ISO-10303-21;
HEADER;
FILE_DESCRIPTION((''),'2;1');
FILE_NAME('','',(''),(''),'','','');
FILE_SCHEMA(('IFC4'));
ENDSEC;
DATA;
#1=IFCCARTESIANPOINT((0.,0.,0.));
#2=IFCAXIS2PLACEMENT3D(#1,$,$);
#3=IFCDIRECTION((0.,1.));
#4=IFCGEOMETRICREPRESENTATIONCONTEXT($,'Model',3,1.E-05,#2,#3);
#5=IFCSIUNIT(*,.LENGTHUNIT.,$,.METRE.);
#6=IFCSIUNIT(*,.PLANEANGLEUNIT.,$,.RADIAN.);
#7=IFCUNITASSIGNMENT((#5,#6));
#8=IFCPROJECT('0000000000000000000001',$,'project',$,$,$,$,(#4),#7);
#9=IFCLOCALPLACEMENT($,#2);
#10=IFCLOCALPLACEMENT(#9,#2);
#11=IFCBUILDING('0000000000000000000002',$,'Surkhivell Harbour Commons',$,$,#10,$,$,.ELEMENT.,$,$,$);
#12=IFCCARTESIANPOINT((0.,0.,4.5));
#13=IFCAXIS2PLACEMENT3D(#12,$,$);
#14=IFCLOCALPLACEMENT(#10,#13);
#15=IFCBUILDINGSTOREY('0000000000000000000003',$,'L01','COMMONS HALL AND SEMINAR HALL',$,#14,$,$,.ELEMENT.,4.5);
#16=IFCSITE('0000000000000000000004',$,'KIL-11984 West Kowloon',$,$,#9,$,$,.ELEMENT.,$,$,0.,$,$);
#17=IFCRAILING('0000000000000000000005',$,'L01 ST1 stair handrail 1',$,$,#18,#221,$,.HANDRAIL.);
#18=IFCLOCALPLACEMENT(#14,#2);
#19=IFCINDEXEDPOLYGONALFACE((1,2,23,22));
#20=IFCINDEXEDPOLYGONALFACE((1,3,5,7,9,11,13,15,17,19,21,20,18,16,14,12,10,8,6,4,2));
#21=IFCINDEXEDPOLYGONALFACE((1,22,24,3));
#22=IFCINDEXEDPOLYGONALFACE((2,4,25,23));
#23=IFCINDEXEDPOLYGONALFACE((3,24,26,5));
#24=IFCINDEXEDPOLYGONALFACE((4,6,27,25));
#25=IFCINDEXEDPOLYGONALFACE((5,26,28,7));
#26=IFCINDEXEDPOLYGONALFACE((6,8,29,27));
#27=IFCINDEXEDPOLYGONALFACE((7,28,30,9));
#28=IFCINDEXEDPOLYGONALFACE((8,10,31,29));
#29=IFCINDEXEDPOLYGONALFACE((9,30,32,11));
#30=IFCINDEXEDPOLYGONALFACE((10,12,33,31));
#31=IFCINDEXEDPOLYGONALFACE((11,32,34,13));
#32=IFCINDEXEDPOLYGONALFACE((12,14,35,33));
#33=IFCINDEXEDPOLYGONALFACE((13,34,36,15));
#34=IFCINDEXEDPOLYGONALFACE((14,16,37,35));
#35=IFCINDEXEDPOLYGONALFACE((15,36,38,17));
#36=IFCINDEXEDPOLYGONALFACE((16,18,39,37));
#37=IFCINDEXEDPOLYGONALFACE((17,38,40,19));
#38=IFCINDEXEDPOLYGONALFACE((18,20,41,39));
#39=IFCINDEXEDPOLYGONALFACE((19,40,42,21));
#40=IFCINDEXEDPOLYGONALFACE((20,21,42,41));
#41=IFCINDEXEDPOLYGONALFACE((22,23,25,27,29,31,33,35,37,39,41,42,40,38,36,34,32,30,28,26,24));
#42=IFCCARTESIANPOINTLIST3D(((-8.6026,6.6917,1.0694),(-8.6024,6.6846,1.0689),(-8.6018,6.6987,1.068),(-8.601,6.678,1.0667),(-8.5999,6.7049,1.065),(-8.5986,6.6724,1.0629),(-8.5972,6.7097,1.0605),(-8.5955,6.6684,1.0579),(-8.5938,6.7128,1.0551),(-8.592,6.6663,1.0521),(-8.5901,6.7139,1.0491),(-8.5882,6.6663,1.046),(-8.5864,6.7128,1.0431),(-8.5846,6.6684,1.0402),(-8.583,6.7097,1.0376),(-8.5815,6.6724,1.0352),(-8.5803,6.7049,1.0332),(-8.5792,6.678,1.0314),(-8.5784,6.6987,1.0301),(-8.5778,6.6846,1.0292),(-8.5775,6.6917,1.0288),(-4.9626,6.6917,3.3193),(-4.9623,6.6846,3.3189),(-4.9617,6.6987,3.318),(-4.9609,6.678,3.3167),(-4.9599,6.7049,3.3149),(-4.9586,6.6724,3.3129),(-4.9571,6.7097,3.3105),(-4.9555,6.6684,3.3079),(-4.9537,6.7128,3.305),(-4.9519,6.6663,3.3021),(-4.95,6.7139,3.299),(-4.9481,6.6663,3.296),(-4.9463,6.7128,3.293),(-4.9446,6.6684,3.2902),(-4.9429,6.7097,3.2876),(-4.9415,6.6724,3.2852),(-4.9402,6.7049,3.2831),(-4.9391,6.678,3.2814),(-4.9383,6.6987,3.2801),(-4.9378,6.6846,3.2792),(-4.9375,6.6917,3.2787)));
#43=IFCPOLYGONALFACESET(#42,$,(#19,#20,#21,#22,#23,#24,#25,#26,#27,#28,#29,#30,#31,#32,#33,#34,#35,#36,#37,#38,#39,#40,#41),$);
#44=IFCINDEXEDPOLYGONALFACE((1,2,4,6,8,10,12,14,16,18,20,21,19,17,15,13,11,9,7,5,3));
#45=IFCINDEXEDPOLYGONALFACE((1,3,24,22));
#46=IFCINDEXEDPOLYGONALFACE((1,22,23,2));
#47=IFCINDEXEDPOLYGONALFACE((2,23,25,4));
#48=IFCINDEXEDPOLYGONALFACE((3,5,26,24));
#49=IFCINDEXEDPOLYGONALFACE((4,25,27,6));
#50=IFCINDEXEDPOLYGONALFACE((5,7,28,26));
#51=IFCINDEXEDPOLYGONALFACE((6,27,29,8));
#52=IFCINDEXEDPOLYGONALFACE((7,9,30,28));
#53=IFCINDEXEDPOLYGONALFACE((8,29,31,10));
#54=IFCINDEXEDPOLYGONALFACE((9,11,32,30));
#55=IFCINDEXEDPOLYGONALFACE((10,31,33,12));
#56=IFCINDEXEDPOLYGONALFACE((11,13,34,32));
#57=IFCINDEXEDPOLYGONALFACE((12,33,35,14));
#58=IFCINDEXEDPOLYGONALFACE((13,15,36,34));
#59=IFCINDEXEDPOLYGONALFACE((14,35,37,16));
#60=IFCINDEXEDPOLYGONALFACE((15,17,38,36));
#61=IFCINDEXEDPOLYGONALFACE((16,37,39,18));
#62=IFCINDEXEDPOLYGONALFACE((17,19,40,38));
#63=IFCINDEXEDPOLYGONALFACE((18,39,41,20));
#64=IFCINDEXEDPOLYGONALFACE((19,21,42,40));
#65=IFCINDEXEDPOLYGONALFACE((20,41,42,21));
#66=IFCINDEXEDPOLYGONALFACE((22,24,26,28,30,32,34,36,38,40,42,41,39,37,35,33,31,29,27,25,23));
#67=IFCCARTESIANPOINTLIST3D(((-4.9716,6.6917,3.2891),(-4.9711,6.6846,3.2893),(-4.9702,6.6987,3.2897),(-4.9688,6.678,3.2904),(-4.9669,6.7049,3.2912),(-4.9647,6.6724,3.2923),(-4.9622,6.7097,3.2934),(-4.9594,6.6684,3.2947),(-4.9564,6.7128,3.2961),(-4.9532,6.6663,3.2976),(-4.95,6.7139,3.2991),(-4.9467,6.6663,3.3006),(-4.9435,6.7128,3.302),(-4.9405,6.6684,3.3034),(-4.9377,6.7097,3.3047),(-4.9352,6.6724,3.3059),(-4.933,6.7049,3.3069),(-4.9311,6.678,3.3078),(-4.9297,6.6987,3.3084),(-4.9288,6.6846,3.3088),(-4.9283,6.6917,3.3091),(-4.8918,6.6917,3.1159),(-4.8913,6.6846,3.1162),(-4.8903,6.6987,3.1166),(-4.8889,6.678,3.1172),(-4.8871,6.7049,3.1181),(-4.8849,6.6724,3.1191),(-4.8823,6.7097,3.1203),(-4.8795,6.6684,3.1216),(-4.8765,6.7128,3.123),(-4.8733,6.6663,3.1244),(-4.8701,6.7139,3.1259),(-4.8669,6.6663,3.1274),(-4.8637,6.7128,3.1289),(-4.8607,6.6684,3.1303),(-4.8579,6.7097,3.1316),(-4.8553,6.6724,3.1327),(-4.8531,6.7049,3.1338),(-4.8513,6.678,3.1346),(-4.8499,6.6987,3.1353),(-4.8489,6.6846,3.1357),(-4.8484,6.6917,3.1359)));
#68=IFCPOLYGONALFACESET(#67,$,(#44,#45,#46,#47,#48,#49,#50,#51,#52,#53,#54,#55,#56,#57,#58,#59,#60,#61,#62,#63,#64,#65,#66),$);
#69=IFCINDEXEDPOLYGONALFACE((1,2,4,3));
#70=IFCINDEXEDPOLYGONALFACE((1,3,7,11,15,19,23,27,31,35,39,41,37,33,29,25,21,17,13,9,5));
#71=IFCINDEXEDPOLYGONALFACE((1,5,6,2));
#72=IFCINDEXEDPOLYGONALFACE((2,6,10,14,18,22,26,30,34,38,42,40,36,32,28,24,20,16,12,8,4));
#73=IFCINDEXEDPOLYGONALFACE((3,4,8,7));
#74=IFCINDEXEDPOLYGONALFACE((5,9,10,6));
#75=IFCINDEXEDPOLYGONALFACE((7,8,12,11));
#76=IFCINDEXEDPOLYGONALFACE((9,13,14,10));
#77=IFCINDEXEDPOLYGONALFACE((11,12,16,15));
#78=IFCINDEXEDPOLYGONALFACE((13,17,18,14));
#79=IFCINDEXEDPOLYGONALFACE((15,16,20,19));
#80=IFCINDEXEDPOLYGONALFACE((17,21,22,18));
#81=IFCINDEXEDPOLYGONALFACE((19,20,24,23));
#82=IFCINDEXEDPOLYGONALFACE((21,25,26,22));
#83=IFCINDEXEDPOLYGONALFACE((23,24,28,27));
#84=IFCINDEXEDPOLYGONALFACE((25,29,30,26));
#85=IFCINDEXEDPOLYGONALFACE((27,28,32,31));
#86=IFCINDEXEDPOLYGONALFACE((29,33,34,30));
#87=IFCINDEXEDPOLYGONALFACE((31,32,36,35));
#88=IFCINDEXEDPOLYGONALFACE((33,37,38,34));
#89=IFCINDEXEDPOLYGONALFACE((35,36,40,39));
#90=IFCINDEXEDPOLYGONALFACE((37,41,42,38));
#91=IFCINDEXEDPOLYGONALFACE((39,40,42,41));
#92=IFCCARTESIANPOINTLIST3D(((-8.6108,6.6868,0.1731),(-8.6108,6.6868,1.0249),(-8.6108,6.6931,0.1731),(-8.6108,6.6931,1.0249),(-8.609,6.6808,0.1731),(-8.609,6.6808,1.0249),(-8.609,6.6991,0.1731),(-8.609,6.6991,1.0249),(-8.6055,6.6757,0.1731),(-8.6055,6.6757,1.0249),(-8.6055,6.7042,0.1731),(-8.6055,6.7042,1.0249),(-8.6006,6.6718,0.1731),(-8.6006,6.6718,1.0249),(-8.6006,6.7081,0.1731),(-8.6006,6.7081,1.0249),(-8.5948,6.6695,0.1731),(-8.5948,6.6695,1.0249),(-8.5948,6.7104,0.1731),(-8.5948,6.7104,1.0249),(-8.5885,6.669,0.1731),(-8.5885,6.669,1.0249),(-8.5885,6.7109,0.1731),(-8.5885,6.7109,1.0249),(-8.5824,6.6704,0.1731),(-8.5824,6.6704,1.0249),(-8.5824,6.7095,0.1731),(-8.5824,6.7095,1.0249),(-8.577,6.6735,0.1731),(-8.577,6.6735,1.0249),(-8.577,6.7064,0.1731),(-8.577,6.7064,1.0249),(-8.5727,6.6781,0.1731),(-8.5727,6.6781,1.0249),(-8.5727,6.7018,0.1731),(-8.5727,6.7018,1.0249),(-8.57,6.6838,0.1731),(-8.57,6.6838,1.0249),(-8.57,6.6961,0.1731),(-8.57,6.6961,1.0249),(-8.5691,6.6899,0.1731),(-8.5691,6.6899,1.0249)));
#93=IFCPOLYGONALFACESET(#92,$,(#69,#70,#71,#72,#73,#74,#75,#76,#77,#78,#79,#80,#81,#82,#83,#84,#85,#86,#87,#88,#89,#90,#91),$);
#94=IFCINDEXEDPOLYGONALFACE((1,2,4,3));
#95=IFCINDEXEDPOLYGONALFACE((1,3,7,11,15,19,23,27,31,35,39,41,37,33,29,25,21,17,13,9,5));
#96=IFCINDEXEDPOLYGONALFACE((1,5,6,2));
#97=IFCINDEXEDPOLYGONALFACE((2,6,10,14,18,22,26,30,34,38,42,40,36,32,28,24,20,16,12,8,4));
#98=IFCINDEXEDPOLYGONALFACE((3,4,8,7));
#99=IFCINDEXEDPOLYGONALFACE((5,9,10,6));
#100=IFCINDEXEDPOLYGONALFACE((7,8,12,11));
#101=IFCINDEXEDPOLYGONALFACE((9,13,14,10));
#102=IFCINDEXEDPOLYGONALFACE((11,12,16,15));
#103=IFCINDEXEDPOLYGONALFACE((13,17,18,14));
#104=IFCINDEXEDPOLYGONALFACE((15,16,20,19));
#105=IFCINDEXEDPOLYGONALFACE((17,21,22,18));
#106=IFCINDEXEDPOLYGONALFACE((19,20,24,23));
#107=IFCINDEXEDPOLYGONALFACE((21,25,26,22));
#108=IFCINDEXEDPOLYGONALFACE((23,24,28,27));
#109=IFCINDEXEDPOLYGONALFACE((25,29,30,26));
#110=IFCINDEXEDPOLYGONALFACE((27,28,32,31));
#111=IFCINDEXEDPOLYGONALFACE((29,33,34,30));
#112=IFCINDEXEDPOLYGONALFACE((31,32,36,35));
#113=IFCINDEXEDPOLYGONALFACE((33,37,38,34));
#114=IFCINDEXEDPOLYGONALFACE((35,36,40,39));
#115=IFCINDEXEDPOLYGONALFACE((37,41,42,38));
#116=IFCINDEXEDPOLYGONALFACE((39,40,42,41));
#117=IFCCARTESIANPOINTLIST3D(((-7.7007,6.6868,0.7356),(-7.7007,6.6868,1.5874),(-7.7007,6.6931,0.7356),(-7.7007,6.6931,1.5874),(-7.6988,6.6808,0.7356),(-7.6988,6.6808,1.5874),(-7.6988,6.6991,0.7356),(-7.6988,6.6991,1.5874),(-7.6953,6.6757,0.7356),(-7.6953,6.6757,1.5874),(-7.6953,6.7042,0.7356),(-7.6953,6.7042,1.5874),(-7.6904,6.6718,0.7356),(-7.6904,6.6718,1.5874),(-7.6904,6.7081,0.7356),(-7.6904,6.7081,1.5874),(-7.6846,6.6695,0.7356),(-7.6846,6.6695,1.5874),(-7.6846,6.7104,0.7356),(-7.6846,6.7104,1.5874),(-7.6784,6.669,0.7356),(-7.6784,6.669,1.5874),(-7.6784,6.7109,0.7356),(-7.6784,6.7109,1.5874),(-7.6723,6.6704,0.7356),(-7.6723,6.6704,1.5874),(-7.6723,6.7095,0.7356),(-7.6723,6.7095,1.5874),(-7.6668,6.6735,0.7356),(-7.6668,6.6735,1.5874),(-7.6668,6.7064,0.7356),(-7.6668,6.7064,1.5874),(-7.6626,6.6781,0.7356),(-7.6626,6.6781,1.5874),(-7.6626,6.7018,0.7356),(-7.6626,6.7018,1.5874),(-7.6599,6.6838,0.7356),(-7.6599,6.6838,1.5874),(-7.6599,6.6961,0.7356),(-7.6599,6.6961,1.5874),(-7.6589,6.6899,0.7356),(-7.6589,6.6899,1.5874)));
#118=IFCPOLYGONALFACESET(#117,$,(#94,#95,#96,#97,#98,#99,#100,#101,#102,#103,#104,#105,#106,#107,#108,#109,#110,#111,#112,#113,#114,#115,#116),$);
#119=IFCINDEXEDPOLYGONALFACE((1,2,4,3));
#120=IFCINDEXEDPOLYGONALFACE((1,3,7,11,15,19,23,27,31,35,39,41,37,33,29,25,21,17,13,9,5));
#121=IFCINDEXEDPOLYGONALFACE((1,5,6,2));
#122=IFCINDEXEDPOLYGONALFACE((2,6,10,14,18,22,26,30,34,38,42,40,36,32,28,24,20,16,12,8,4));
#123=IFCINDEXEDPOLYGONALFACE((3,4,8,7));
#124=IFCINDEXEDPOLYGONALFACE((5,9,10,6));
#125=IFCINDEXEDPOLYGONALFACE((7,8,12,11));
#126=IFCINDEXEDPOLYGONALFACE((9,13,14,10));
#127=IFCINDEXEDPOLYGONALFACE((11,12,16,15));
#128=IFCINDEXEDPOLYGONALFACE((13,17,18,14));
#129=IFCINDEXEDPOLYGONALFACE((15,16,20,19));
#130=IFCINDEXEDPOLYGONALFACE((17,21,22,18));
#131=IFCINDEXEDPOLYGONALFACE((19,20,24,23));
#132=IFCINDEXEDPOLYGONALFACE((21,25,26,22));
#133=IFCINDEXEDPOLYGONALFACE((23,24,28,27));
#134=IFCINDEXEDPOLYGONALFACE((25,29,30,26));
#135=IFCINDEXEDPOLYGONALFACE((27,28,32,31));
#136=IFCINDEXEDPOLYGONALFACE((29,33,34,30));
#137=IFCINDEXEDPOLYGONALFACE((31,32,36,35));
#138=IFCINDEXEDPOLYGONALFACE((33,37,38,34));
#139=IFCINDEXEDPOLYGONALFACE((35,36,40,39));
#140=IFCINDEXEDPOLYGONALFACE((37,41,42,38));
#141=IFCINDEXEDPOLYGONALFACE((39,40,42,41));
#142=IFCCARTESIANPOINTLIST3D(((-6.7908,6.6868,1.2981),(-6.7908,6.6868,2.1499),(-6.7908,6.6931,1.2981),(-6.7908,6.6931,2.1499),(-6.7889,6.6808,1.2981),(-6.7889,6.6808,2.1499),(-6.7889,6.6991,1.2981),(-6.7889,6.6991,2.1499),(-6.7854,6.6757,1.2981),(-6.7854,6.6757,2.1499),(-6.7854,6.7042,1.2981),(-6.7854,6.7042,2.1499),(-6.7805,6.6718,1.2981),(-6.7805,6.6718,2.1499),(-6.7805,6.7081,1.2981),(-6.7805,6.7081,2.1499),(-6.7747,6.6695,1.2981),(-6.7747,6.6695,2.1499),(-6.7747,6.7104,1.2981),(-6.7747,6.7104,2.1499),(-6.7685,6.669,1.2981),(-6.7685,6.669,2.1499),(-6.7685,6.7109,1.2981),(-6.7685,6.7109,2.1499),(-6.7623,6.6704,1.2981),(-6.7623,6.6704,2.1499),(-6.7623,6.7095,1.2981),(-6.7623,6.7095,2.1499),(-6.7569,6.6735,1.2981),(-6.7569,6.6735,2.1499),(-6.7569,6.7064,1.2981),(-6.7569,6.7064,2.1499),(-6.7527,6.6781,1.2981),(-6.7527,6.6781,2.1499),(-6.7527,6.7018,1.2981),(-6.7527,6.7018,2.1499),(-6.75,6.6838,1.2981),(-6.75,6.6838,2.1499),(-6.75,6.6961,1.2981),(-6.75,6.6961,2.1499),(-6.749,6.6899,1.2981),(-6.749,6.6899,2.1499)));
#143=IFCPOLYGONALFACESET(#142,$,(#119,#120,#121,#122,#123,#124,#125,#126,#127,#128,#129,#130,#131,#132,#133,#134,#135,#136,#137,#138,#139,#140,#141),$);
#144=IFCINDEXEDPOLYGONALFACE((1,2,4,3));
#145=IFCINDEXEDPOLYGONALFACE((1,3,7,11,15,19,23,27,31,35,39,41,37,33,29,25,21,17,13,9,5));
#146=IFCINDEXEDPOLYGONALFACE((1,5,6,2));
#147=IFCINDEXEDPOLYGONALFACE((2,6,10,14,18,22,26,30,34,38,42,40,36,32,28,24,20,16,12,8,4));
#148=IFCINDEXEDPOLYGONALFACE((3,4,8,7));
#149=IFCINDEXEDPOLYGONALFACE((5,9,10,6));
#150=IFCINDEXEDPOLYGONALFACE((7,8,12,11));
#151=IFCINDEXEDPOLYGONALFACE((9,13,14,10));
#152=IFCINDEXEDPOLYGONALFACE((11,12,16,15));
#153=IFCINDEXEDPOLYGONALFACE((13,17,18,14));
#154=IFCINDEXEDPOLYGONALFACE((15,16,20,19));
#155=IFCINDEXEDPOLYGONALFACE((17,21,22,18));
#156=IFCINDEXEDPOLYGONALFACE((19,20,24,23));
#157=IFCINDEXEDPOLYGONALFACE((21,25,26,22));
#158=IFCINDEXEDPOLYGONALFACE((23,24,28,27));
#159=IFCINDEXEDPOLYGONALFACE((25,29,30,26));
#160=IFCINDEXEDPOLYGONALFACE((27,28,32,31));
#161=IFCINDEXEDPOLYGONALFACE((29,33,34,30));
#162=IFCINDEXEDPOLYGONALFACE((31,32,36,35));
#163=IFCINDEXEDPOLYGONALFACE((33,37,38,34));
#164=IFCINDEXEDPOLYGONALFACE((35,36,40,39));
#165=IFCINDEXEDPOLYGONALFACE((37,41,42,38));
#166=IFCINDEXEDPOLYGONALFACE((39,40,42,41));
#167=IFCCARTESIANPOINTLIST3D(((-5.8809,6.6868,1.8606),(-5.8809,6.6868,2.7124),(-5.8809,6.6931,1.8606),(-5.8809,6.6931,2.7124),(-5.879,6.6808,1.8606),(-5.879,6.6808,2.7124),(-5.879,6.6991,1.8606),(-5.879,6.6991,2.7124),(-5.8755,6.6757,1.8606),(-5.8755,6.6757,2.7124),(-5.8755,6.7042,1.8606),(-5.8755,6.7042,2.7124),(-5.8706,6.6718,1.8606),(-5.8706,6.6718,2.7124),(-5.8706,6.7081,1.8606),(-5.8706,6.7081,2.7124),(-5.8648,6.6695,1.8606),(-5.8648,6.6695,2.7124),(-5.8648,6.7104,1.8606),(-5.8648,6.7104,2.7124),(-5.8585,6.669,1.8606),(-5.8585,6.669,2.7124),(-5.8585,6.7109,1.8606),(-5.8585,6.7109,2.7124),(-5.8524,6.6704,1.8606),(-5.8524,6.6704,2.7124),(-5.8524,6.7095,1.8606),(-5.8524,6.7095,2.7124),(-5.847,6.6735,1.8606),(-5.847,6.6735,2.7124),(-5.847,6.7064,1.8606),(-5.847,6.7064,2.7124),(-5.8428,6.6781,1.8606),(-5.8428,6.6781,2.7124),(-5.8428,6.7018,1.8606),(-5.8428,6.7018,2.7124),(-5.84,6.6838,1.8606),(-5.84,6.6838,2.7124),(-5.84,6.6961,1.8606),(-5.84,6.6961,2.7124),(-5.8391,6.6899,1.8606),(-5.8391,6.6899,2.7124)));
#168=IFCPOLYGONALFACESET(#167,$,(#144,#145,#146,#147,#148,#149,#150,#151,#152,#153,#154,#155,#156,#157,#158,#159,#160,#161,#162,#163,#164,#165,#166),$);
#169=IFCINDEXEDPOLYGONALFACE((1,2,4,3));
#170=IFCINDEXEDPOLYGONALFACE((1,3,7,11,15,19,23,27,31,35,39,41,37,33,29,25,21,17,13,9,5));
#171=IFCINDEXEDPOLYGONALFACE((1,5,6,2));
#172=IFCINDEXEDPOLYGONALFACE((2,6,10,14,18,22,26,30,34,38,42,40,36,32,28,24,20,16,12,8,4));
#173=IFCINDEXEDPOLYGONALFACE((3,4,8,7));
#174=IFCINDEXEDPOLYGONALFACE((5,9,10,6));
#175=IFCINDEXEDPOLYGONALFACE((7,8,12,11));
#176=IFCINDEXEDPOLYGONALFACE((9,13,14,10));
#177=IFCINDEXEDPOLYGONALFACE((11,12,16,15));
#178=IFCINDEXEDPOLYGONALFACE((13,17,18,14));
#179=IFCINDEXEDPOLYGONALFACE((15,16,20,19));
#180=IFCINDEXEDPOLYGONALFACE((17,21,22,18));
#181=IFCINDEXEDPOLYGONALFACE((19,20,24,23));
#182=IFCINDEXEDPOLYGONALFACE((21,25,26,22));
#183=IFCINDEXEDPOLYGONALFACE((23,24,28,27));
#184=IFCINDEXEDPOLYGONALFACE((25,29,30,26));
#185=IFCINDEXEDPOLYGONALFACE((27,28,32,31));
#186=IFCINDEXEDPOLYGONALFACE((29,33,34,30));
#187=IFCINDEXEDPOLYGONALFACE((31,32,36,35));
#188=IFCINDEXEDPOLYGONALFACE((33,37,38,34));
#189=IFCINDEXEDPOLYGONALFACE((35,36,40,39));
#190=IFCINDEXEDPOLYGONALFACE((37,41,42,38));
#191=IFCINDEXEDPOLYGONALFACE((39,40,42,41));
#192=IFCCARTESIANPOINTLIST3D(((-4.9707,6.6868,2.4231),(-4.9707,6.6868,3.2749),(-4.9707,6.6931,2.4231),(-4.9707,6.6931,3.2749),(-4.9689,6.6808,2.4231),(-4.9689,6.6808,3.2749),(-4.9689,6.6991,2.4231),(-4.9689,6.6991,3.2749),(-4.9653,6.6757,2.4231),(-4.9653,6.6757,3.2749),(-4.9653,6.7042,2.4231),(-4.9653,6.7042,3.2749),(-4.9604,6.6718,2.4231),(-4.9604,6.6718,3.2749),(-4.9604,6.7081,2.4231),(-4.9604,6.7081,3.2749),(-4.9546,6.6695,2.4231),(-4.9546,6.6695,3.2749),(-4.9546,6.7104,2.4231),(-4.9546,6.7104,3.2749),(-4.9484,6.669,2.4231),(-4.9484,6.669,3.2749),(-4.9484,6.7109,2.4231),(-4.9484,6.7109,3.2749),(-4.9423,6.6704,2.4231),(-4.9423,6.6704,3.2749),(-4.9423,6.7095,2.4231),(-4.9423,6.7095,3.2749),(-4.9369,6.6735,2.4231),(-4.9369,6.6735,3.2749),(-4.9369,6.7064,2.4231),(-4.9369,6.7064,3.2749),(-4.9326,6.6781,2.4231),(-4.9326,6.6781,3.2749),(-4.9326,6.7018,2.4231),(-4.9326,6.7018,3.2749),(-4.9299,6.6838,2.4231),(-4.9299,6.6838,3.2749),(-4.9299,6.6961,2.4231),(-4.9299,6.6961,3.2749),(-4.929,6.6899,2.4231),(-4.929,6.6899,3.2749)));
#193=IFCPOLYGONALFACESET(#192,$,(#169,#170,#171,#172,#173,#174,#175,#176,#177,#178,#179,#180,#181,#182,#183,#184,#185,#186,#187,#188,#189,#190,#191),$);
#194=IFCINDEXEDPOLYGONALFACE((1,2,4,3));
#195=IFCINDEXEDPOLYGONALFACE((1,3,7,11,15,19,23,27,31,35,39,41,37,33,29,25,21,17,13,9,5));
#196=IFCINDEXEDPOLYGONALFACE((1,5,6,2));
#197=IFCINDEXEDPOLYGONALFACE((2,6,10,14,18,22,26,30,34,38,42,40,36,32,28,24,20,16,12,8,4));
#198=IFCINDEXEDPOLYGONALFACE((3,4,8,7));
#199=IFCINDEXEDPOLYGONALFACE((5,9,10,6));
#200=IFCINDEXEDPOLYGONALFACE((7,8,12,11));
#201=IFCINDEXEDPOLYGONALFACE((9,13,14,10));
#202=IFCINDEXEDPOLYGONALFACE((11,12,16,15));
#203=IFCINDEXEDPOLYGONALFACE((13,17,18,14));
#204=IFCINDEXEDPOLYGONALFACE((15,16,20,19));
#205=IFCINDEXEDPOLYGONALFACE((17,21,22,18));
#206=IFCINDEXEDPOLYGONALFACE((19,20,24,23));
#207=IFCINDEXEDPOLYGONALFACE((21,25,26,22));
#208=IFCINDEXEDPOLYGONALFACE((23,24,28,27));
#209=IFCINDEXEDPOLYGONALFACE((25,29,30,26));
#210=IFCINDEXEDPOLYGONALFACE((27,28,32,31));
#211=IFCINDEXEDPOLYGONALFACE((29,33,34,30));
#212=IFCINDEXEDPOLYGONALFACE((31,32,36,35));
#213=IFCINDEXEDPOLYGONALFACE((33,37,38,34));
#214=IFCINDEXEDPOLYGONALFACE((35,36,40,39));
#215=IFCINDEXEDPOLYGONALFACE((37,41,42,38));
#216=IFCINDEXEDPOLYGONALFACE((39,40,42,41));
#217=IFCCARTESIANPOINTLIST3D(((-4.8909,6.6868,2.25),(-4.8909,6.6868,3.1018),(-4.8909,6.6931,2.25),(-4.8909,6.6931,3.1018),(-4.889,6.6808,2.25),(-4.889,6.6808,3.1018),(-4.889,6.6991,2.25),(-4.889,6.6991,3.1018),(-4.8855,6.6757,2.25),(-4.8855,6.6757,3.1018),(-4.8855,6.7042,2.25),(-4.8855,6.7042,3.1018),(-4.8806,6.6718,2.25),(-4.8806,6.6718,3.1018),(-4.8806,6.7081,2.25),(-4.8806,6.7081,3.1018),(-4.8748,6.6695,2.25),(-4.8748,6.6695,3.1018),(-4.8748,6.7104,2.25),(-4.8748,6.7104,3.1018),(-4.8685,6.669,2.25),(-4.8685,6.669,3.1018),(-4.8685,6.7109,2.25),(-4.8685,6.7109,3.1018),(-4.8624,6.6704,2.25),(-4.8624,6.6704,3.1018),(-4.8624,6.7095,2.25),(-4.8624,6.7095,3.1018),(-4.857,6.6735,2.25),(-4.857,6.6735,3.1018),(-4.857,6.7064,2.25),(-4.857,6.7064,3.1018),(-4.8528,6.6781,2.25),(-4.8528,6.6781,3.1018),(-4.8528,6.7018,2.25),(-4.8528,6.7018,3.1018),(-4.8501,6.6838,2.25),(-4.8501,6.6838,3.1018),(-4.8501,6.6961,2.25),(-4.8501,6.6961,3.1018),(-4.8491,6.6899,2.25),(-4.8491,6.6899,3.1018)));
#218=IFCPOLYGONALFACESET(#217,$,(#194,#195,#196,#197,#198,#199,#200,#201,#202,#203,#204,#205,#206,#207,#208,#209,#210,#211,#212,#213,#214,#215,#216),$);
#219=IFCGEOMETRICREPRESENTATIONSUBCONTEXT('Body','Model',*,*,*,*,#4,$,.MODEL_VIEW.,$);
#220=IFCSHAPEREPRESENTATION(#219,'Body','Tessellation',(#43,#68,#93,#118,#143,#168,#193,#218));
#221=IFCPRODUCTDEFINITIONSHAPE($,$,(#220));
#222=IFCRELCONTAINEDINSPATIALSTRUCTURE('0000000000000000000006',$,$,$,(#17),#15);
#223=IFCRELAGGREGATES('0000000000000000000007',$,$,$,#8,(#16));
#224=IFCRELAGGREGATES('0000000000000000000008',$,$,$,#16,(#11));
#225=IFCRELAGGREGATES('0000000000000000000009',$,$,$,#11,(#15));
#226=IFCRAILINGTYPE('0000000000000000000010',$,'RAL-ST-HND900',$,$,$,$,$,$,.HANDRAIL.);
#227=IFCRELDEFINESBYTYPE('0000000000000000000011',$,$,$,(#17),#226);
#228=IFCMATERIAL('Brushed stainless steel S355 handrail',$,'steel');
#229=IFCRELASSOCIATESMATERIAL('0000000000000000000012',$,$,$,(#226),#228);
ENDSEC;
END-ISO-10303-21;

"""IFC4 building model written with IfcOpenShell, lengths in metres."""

from ifc_helpers import new_model, si_unit, direction, frame, origin, origin_2d, place, context, subcontext, project, spatial, circle, extrude, material, type_object, element, save


model = new_model("IFC4")

# Units and contexts
model_context = context("Model", 3, precision=1e-05, world=origin(), true_north=direction((0.0, 1.0)))
body_context = subcontext(model_context, "Body", "Model", "MODEL_VIEW")
ifc_project = project(units=[si_unit("LENGTHUNIT", "METRE"), si_unit("PLANEANGLEUNIT", "RADIAN")], contexts=[model_context])

# Site, building, storey
site_placement = place(None, origin())
site = spatial("IfcSite", under=ifc_project, at=site_placement, Name="KIL-11984 West Kowloon", CompositionType="ELEMENT", RefElevation=0.0)
building_placement = place(site_placement, origin())
building = spatial("IfcBuilding", under=site, at=building_placement, Name="Surkhivell Harbour Commons", CompositionType="ELEMENT")
storey_placement = place(building_placement, frame((0.0, 0.0, 4.5)))
storey = spatial("IfcBuildingStorey", under=building, at=storey_placement, Name="L01", Description="COMMONS HALL AND SEMINAR HALL", CompositionType="ELEMENT", Elevation=4.5)

# Railing
ifc_material_1 = material(Name="Brushed stainless steel S355 handrail", Category="steel")
railing_type_1 = type_object("IfcRailingType", Name="RAL-ST-HND900", PredefinedType="HANDRAIL", material=ifc_material_1)
railing_1_placement = place(storey_placement, frame((-8.5901, 6.6899, 0.1731)))
element("IfcRailing", 1, at=railing_1_placement, inside=storey, type_object=railing_type_1, Name="L01 ST1 stair handrail 1", PredefinedType="HANDRAIL", context=body_context, shape_type="SweptSolid", body=[
    extrude(circle(Radius=0.0239, at=origin_2d()), frame((0.0, 0.0, 0.876), z_axis=(0.850622, 0.0, 0.525777), x_axis=(0.0, 1.0, 0.0)), (0.0, 0.0, 1.0), 4.2793),
    extrude(circle(Radius=0.0239, at=origin_2d()), frame((3.6401, 0.0, 3.126), z_axis=(0.418815, 0.0, -0.908072), x_axis=(0.0, 1.0, 0.0)), (0.0, 0.0, 1.0), 0.1907),
    extrude(circle(Radius=0.021, at=origin_2d()), origin(), (0.0, 0.0, 1.0), 0.8518),
    extrude(circle(Radius=0.021, at=origin_2d()), frame((0.9102, 0.0, 0.5625)), (0.0, 0.0, 1.0), 0.8518),
    extrude(circle(Radius=0.021, at=origin_2d()), frame((1.8201, 0.0, 1.125)), (0.0, 0.0, 1.0), 0.8518),
    extrude(circle(Radius=0.021, at=origin_2d()), frame((2.73, 0.0, 1.6875)), (0.0, 0.0, 1.0), 0.8518),
    extrude(circle(Radius=0.021, at=origin_2d()), frame((3.6401, 0.0, 2.25)), (0.0, 0.0, 1.0), 0.8518),
    extrude(circle(Radius=0.021, at=origin_2d()), frame((3.72, 0.0, 2.0769)), (0.0, 0.0, 1.0), 0.8518),
])

save(model, "model.ifc")
